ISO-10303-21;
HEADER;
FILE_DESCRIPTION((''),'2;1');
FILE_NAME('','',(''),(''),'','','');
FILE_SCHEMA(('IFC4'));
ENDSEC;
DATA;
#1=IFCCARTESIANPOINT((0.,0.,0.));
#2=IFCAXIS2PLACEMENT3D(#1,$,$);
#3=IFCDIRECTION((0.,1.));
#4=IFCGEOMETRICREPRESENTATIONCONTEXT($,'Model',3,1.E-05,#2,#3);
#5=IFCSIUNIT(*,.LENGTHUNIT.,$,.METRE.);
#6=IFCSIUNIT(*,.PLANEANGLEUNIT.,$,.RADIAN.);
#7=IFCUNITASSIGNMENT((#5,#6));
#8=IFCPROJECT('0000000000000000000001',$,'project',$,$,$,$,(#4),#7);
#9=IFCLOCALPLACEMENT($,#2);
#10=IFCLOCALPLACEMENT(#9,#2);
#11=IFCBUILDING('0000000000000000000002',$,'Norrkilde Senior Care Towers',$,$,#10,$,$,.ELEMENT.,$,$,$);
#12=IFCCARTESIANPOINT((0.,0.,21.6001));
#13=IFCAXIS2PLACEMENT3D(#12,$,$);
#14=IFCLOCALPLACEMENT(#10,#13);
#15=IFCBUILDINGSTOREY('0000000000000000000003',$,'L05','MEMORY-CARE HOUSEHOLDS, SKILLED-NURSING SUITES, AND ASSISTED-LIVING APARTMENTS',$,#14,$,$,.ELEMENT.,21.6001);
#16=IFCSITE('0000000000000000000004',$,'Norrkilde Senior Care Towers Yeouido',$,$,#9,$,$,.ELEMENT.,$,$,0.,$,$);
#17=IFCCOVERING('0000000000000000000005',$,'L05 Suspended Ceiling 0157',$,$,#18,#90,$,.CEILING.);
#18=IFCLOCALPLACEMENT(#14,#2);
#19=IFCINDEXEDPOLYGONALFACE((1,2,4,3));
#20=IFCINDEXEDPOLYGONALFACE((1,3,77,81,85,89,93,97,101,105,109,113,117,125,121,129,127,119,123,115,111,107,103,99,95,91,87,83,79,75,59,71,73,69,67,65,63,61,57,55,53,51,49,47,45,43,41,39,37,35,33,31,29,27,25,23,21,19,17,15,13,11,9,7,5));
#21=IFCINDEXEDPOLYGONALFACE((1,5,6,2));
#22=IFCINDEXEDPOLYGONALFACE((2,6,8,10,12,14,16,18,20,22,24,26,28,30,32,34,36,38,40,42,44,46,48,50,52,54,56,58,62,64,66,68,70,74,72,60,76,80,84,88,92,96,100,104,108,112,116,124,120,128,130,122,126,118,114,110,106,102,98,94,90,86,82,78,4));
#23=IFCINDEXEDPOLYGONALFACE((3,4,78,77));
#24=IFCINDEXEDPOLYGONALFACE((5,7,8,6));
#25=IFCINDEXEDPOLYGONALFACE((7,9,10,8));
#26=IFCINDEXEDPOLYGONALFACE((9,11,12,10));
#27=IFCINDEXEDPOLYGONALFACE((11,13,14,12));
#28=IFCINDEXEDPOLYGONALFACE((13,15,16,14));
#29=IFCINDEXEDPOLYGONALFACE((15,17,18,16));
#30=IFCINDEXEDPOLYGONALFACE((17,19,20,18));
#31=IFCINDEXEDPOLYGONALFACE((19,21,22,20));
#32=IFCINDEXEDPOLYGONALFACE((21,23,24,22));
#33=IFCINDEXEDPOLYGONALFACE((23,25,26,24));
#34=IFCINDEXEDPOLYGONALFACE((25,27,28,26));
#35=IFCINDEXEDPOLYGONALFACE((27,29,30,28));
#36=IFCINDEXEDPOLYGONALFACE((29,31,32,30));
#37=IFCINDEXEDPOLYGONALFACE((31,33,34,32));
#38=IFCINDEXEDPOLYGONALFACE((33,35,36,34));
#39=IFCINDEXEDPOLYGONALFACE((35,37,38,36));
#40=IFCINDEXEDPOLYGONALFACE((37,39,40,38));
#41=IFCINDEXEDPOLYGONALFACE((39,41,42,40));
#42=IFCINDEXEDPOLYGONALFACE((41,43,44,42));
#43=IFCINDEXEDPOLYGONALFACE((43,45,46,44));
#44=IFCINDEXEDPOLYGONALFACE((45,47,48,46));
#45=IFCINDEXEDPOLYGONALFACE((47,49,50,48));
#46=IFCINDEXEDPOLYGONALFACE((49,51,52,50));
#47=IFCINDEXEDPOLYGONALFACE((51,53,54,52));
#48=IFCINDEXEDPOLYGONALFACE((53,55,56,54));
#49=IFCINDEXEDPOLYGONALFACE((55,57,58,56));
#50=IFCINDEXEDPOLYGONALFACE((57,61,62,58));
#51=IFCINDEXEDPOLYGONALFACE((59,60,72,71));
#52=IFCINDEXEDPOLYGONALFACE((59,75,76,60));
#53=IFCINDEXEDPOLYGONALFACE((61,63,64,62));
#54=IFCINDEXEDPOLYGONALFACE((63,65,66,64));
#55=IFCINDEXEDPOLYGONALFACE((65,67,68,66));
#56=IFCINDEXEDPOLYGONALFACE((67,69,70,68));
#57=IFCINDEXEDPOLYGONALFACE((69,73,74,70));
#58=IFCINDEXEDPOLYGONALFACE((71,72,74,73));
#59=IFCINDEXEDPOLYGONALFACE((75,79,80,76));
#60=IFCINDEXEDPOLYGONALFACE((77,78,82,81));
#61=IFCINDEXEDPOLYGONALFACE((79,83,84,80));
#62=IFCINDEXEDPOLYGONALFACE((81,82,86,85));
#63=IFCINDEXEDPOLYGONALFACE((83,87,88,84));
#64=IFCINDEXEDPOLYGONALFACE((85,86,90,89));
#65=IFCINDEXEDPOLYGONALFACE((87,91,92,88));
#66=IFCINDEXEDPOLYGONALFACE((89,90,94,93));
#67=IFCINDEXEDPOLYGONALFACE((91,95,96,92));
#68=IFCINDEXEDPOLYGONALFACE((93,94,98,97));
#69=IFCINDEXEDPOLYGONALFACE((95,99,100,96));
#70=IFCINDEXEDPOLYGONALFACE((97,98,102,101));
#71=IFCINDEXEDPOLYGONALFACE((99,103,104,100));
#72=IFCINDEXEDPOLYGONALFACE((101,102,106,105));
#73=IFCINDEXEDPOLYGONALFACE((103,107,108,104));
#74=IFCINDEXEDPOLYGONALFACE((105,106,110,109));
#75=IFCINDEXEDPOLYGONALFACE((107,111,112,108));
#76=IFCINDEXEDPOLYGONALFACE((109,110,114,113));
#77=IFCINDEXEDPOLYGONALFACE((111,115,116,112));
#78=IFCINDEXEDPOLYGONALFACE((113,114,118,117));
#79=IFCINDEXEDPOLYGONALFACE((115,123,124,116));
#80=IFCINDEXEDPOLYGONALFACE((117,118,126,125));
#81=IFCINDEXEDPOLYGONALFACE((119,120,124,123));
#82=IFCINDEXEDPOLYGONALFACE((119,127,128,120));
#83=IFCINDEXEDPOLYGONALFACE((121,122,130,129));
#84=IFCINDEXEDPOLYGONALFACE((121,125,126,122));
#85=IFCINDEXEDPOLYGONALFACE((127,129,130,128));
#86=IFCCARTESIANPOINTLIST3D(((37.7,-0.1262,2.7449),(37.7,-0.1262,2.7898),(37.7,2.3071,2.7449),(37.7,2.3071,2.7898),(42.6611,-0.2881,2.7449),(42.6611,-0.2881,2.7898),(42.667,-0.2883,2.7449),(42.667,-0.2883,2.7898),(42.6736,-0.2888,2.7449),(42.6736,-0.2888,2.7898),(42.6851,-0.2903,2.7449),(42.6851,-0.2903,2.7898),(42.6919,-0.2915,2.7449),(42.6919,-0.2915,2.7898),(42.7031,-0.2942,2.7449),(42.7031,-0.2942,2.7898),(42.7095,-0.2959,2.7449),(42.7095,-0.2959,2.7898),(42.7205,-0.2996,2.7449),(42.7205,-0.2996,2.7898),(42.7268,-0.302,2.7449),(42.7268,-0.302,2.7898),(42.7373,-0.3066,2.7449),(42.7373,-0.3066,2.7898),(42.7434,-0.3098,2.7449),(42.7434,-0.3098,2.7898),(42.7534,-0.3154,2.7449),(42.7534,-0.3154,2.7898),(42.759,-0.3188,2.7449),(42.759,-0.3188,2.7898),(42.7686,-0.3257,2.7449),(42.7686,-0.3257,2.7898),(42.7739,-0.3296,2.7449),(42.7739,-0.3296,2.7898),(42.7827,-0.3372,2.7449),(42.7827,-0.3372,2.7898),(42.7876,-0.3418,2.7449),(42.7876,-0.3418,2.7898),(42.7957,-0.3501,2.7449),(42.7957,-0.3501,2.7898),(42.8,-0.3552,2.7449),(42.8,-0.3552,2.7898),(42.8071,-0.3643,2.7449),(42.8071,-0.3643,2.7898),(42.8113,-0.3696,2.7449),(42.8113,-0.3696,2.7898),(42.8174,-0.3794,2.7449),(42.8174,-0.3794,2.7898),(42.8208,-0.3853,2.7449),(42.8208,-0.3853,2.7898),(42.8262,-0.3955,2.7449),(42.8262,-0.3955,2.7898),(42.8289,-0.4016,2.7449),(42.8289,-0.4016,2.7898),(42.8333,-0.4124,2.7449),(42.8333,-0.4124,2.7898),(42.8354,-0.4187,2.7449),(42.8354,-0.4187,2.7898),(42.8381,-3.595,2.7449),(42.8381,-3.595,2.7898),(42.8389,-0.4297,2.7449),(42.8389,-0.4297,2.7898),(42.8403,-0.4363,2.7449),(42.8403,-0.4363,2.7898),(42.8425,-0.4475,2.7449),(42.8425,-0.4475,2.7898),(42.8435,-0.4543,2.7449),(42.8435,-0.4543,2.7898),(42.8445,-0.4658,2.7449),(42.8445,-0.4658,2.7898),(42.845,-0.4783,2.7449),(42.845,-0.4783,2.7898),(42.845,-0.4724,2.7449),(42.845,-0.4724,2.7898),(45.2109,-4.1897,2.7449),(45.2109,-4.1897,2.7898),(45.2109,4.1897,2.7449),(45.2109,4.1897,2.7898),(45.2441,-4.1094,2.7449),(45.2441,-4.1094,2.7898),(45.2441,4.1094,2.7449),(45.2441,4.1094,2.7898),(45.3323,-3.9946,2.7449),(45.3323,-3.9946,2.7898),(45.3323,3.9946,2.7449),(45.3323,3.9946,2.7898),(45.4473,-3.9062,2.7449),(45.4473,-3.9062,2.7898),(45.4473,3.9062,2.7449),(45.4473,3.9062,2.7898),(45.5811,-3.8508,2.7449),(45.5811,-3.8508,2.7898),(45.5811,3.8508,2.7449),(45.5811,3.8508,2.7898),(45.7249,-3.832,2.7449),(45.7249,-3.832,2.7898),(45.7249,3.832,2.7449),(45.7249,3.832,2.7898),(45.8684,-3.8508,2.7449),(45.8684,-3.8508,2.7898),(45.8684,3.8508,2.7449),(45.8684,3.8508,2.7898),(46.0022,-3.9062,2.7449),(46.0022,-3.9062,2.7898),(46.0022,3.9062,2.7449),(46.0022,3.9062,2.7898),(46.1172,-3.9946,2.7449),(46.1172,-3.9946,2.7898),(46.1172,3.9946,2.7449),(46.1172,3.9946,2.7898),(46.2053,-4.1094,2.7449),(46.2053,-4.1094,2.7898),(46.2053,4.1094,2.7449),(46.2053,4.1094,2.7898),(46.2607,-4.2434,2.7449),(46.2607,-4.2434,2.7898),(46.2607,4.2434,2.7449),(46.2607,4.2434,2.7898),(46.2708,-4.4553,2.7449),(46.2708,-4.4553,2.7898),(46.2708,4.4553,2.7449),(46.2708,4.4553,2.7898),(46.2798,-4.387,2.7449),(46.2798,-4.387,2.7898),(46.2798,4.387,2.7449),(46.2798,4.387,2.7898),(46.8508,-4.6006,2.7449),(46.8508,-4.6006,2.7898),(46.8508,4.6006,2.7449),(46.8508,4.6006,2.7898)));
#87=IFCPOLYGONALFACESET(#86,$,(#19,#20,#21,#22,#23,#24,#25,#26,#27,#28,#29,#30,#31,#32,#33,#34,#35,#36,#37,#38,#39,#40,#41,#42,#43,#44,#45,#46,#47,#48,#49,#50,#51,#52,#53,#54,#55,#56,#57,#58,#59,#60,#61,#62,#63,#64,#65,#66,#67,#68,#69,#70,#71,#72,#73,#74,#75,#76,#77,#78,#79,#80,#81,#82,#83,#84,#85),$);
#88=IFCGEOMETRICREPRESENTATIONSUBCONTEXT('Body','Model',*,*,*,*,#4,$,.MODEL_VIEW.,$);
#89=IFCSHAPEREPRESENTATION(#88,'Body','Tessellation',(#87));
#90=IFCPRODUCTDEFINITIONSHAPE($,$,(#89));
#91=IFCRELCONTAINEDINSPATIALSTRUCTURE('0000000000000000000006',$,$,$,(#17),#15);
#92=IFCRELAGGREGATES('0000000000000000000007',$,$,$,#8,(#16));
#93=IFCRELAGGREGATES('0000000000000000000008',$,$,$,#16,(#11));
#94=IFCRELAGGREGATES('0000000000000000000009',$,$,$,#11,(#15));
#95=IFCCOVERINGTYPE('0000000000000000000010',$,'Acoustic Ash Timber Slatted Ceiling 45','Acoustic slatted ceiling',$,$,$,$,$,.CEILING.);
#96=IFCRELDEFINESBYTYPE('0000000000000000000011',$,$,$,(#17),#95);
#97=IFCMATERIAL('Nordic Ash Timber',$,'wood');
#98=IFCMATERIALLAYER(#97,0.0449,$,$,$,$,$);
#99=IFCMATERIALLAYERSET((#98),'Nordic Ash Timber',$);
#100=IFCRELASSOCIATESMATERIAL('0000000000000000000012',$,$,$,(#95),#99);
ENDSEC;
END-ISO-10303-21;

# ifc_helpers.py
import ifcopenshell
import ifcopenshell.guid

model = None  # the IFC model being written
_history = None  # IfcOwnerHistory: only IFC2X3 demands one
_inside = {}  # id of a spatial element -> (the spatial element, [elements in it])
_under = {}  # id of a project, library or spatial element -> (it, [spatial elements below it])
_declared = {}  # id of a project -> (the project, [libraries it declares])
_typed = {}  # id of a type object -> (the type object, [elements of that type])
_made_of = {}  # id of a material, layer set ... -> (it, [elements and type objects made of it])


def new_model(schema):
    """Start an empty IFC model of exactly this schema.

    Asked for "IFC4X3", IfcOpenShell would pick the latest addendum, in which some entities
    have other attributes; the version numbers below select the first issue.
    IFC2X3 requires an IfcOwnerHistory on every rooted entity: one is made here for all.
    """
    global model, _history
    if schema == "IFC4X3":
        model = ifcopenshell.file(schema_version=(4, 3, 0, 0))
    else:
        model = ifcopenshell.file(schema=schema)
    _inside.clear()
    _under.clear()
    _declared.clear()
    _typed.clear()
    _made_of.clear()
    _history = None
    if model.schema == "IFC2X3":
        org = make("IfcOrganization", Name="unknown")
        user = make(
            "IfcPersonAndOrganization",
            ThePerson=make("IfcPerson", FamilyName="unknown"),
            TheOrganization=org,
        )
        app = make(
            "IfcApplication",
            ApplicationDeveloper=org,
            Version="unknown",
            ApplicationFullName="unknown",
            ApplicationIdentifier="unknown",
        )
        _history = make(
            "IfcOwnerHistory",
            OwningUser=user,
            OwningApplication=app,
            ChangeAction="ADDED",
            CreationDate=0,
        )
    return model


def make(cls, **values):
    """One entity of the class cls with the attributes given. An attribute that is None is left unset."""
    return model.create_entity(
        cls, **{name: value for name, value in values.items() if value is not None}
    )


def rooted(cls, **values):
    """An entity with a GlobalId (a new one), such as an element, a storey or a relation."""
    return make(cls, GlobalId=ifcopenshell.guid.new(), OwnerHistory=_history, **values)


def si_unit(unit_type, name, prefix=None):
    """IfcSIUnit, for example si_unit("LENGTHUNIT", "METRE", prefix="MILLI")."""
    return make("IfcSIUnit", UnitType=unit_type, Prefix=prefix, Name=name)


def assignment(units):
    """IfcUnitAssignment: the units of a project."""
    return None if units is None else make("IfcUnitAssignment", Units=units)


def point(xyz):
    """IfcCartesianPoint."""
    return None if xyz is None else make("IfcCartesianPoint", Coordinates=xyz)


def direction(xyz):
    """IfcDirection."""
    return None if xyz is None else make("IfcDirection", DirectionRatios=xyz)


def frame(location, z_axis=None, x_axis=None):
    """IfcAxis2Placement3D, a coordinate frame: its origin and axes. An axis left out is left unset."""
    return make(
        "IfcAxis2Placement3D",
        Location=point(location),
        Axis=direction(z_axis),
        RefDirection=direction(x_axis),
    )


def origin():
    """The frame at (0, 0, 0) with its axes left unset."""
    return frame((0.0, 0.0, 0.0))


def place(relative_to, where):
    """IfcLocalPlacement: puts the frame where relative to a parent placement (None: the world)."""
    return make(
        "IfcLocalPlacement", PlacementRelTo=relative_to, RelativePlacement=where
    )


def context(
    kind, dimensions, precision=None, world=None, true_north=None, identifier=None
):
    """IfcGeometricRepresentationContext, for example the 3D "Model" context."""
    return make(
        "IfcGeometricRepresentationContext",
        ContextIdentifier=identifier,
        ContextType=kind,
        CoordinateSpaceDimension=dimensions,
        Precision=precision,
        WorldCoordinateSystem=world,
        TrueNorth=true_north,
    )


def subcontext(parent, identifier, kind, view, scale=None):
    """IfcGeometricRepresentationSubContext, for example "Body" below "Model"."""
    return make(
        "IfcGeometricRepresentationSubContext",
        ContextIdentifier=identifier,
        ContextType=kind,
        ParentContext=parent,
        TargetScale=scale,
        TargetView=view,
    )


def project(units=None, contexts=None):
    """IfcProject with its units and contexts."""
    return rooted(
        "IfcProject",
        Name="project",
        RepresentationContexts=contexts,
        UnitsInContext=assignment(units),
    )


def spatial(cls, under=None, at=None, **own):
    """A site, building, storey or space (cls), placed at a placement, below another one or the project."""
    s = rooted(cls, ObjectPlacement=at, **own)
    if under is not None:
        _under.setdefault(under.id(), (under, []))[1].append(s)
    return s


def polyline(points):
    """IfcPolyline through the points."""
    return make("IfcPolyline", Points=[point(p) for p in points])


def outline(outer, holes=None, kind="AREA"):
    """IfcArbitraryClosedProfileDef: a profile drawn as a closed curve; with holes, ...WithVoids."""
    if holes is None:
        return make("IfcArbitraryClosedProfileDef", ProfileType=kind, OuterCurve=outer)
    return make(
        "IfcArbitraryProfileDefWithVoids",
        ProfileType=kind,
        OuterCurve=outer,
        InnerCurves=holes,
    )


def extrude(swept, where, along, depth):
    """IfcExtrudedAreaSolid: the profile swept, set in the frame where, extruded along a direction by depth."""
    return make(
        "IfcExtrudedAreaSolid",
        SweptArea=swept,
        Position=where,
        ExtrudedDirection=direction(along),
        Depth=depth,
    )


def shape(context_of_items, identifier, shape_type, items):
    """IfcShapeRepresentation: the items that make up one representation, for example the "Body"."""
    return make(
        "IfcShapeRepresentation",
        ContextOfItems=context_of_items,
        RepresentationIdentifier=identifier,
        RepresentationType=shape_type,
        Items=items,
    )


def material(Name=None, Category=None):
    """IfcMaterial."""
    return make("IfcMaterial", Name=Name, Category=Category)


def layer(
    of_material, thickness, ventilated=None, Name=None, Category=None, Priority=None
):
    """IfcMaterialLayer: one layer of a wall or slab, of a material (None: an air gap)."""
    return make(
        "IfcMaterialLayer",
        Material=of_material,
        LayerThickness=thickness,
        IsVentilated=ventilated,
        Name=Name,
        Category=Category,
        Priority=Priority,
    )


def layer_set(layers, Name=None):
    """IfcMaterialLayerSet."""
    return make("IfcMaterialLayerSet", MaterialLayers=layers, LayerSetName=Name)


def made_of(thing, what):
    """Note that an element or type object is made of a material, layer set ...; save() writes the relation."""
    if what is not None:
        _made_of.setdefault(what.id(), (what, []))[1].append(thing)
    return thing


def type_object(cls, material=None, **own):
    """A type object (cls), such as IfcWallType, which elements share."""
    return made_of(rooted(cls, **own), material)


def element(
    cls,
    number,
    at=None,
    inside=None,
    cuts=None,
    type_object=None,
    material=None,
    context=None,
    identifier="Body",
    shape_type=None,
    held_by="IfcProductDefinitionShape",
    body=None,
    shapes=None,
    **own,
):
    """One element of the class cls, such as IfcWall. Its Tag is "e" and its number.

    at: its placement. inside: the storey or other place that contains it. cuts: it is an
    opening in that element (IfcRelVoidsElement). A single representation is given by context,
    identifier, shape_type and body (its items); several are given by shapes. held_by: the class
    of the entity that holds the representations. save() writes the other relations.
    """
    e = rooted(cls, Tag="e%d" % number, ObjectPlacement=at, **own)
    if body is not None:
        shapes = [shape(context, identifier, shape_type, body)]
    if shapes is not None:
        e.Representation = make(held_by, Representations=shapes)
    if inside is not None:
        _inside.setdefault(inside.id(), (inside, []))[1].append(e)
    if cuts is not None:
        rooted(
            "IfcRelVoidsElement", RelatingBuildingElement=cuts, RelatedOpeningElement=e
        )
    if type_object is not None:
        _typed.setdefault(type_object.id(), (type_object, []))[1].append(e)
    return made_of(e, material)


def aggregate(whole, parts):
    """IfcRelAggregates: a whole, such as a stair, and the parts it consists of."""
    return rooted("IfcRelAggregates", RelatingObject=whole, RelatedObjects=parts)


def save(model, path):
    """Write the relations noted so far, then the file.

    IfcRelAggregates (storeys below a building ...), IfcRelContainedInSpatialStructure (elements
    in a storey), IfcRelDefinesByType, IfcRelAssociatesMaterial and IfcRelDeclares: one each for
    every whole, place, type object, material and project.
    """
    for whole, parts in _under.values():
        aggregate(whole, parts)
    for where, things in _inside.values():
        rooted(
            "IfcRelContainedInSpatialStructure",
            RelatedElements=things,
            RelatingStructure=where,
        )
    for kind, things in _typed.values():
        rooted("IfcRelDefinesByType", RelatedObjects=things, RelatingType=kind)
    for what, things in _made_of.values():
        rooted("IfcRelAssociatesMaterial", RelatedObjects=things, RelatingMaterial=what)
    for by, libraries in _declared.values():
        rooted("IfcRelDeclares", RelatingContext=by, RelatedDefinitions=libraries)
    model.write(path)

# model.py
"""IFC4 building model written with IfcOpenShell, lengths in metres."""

from ifc_helpers import new_model, si_unit, direction, frame, origin, place, context, subcontext, project, spatial, polyline, outline, extrude, material, layer, layer_set, type_object, element, save


model = new_model("IFC4")

# Units and contexts
model_context = context("Model", 3, precision=1e-05, world=origin(), true_north=direction((0.0, 1.0)))
body_context = subcontext(model_context, "Body", "Model", "MODEL_VIEW")
ifc_project = project(units=[si_unit("LENGTHUNIT", "METRE"), si_unit("PLANEANGLEUNIT", "RADIAN")], contexts=[model_context])

# Site, building, storey
site_placement = place(None, origin())
site = spatial("IfcSite", under=ifc_project, at=site_placement, Name="Norrkilde Senior Care Towers Yeouido", CompositionType="ELEMENT", RefElevation=0.0)
building_placement = place(site_placement, origin())
building = spatial("IfcBuilding", under=site, at=building_placement, Name="Norrkilde Senior Care Towers", CompositionType="ELEMENT")
storey_placement = place(building_placement, frame((0.0, 0.0, 21.6001)))
storey = spatial("IfcBuildingStorey", under=building, at=storey_placement, Name="L05", Description="MEMORY-CARE HOUSEHOLDS, SKILLED-NURSING SUITES, AND ASSISTED-LIVING APARTMENTS", CompositionType="ELEMENT", Elevation=21.6001)

# Shared definitions
ifc_material_1 = material(Name="Nordic Ash Timber", Category="wood")

# Covering
ifc_layer_1 = layer(ifc_material_1, 0.0449)
ifc_layer_set_1 = layer_set([ifc_layer_1], Name="Nordic Ash Timber")
covering_type_1 = type_object("IfcCoveringType", Name="Acoustic Ash Timber Slatted Ceiling 45", Description="Acoustic slatted ceiling", PredefinedType="CEILING", material=ifc_layer_set_1)
covering_1_placement = place(storey_placement, frame((0.0, 0.0, 2.7449)))
element("IfcCovering", 1, at=covering_1_placement, inside=storey, type_object=covering_type_1, Name="L05 Suspended Ceiling 0157", PredefinedType="CEILING", context=body_context, shape_type="SweptSolid", body=[
    extrude(outline(polyline([(42.8445, -0.4658), (42.8435, -0.4543), (42.8425, -0.4475), (42.8403, -0.4363), (42.8389, -0.4297), (42.8354, -0.4187), (42.8333, -0.4124), (42.8289, -0.4016), (42.8262, -0.3955), (42.8208, -0.3853), (42.8174, -0.3794), (42.8113, -0.3696), (42.8071, -0.3643), (42.8, -0.3552), (42.7957, -0.3501), (42.7876, -0.3418), (42.7827, -0.3372), (42.7739, -0.3296), (42.7686, -0.3257), (42.759, -0.3188), (42.7534, -0.3154), (42.7434, -0.3098), (42.7373, -0.3066), (42.7268, -0.302), (42.7205, -0.2996), (42.7095, -0.2959), (42.7031, -0.2942), (42.6919, -0.2915), (42.6851, -0.2903), (42.6736, -0.2888), (42.667, -0.2883), (42.6611, -0.2881), (37.7, -0.1262), (37.7, 2.3071), (45.2109, 4.1897), (45.2441, 4.1094), (45.3323, 3.9946), (45.4473, 3.9062), (45.5811, 3.8508), (45.7249, 3.832), (45.8684, 3.8508), (46.0022, 3.9062), (46.1172, 3.9946), (46.2053, 4.1094), (46.2607, 4.2434), (46.2798, 4.387), (46.2708, 4.4553), (46.8508, 4.6006), (46.8508, -4.6006), (46.2708, -4.4553), (46.2798, -4.387), (46.2607, -4.2434), (46.2053, -4.1094), (46.1172, -3.9946), (46.0022, -3.9062), (45.8684, -3.8508), (45.7249, -3.832), (45.5811, -3.8508), (45.4473, -3.9062), (45.3323, -3.9946), (45.2441, -4.1094), (45.2109, -4.1897), (42.8381, -3.595), (42.845, -0.4783), (42.845, -0.4724), (42.8445, -0.4658)])), origin(), (0.0, 0.0, 1.0), 0.0449),
])

save(model, "model.ifc")
